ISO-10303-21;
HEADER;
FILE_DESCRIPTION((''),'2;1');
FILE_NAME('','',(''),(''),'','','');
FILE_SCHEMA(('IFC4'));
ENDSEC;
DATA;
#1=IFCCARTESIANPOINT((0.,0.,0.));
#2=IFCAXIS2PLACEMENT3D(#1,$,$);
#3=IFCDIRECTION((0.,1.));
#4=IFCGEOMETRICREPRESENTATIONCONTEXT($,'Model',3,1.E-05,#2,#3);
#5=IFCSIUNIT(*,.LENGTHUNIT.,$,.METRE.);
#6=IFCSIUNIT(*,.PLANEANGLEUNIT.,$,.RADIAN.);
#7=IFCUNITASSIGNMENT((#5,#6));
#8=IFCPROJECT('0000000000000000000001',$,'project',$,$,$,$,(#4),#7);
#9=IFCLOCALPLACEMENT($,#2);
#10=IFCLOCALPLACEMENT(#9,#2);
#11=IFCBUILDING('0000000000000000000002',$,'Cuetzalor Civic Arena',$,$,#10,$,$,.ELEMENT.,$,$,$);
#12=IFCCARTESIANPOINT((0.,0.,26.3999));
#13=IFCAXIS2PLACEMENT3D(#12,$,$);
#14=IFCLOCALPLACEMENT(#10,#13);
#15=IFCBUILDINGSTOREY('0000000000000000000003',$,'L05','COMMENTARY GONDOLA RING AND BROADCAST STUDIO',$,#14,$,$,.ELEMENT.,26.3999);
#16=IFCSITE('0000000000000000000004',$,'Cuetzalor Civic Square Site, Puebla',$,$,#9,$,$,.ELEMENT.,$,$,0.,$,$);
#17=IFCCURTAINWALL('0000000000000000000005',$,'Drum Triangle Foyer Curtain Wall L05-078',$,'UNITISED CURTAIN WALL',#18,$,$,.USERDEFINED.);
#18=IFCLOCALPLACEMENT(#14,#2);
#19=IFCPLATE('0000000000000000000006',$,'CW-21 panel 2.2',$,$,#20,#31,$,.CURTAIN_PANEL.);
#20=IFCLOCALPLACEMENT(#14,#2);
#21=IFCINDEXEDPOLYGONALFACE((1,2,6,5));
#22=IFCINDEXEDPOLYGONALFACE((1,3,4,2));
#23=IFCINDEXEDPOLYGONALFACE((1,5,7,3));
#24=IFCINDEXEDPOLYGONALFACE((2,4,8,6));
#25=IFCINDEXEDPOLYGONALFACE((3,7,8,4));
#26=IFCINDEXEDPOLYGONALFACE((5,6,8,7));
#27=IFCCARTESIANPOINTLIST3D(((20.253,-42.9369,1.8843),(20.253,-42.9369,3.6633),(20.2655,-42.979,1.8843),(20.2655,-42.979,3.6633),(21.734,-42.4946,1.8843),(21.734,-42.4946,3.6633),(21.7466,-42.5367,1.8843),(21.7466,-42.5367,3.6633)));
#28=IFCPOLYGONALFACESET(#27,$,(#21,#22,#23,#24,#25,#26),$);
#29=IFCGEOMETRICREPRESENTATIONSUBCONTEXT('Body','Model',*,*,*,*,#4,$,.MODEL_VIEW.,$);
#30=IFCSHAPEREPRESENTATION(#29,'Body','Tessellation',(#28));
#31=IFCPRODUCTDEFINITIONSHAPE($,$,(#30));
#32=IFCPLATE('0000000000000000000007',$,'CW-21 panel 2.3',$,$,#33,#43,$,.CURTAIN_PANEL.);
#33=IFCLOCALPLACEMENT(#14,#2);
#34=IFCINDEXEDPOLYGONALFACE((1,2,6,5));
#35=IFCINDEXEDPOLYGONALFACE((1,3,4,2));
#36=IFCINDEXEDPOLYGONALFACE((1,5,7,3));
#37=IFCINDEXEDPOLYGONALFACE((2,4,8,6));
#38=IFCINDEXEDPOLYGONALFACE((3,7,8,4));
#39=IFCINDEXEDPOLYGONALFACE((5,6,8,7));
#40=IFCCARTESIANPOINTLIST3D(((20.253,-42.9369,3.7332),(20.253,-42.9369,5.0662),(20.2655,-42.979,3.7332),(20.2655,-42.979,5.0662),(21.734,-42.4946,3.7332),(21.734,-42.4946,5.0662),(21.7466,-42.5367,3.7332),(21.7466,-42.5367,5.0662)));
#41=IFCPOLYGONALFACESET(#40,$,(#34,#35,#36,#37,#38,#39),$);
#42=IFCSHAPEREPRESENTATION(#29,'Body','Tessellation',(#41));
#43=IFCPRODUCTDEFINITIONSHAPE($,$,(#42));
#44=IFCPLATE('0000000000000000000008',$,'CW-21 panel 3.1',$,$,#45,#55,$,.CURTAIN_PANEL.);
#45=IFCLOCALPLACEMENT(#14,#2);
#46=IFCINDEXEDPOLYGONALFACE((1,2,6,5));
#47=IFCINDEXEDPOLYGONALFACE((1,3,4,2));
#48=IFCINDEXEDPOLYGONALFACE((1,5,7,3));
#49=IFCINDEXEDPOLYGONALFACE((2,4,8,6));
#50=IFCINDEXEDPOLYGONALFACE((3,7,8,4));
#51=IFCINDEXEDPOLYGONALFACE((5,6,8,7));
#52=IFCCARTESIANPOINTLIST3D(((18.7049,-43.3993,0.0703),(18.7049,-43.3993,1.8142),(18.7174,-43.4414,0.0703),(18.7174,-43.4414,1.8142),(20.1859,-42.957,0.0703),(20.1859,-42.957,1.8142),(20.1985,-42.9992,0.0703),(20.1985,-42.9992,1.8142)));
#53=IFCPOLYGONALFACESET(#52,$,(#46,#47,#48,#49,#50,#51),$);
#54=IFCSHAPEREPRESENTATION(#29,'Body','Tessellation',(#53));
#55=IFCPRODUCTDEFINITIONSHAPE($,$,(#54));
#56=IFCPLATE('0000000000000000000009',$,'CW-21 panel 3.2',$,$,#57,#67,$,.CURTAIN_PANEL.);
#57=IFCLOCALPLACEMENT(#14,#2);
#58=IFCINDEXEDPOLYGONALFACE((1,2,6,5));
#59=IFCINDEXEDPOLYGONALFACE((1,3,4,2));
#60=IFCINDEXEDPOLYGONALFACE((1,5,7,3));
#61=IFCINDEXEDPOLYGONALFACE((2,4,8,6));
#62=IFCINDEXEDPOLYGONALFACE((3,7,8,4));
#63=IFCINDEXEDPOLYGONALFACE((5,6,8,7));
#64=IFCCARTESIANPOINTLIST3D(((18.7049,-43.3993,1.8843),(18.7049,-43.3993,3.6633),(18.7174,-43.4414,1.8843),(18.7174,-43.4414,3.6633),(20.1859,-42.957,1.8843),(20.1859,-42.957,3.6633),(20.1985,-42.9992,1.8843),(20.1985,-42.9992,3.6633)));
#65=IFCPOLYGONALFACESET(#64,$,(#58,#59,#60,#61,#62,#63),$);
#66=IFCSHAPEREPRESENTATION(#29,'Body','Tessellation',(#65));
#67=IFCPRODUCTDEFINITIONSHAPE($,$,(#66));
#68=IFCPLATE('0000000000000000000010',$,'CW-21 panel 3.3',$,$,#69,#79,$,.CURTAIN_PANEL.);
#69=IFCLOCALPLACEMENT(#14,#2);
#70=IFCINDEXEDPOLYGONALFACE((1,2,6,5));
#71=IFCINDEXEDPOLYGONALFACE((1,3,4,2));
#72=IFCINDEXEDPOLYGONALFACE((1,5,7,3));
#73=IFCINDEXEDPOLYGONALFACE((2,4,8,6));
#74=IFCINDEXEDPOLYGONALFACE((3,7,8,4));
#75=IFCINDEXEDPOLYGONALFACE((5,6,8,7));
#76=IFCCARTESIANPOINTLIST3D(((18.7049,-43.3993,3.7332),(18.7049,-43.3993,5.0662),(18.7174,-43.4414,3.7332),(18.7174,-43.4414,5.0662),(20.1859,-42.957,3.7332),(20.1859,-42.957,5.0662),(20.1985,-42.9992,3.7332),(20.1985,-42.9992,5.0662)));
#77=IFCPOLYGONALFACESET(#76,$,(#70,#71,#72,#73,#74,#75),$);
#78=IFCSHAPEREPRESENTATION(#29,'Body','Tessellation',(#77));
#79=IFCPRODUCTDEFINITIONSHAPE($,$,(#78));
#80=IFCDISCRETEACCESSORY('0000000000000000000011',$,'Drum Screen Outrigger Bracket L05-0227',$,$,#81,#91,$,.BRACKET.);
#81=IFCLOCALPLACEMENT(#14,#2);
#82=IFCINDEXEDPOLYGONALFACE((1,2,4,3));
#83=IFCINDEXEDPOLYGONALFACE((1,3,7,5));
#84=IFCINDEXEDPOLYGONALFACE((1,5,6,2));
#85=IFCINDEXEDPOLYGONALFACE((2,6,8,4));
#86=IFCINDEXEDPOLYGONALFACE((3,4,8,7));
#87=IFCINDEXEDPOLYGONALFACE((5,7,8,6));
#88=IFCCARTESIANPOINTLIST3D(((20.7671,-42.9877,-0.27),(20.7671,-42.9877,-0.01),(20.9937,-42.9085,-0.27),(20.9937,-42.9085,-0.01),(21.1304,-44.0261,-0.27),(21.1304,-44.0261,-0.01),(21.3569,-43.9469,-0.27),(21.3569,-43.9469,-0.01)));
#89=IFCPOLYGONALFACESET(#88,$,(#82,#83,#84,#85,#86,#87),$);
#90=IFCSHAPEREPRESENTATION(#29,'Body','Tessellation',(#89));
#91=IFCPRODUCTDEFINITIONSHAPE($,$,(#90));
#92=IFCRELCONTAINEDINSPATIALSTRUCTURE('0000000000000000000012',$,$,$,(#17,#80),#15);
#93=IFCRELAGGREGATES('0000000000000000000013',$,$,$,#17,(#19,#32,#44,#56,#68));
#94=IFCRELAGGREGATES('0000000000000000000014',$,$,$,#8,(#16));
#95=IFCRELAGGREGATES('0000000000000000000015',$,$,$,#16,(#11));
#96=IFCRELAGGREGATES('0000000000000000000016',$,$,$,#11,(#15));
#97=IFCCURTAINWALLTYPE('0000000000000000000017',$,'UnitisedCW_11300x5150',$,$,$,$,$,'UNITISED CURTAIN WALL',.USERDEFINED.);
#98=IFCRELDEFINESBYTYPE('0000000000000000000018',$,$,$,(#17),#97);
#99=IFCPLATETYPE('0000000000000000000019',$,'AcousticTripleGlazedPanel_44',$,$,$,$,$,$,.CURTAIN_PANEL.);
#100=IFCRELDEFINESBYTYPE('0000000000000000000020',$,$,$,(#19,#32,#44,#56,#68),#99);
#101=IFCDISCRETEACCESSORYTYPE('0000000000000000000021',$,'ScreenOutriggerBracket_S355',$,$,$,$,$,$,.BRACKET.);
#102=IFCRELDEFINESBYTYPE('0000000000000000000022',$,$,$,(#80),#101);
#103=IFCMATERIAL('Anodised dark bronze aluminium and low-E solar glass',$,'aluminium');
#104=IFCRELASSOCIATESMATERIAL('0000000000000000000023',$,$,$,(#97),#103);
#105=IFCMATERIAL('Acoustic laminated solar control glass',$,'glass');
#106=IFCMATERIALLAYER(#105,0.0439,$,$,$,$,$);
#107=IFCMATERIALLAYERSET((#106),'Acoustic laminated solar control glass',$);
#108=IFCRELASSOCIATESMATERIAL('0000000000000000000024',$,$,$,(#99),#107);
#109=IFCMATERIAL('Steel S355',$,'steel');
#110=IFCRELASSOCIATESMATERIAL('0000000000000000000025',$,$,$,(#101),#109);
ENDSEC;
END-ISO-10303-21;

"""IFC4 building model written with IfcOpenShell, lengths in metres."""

from ifc_helpers import new_model, si_unit, direction, frame, origin, origin_2d, place, context, subcontext, project, spatial, rectangle, extrude, material, layer, layer_set, type_object, element, aggregate, save


model = new_model("IFC4")

# Units and contexts
model_context = context("Model", 3, precision=1e-05, world=origin(), true_north=direction((0.0, 1.0)))
body_context = subcontext(model_context, "Body", "Model", "MODEL_VIEW")
ifc_project = project(units=[si_unit("LENGTHUNIT", "METRE"), si_unit("PLANEANGLEUNIT", "RADIAN")], contexts=[model_context])

# Site, building, storey
site_placement = place(None, origin())
site = spatial("IfcSite", under=ifc_project, at=site_placement, Name="Cuetzalor Civic Square Site, Puebla", CompositionType="ELEMENT", RefElevation=0.0)
building_placement = place(site_placement, origin())
building = spatial("IfcBuilding", under=site, at=building_placement, Name="Cuetzalor Civic Arena", CompositionType="ELEMENT")
storey_placement = place(building_placement, frame((0.0, 0.0, 26.3999)))
storey = spatial("IfcBuildingStorey", under=building, at=storey_placement, Name="L05", Description="COMMENTARY GONDOLA RING AND BROADCAST STUDIO", CompositionType="ELEMENT", Elevation=26.3999)

# Curtain wall, plates
ifc_material_1 = material(Name="Anodised dark bronze aluminium and low-E solar glass", Category="aluminium")
curtain_wall_type = type_object("IfcCurtainWallType", Name="UnitisedCW_11300x5150", ElementType="UNITISED CURTAIN WALL", PredefinedType="USERDEFINED", material=ifc_material_1)
curtain_wall_placement = place(storey_placement, origin())
curtain_wall = element("IfcCurtainWall", 1, at=curtain_wall_placement, inside=storey, type_object=curtain_wall_type, Name="Drum Triangle Foyer Curtain Wall L05-078", ObjectType="UNITISED CURTAIN WALL", PredefinedType="USERDEFINED")
ifc_material_2 = material(Name="Acoustic laminated solar control glass", Category="glass")
ifc_layer = layer(ifc_material_2, 0.0439)
ifc_layer_set = layer_set([ifc_layer], Name="Acoustic laminated solar control glass")
plate_type = type_object("IfcPlateType", Name="AcousticTripleGlazedPanel_44", PredefinedType="CURTAIN_PANEL", material=ifc_layer_set)
plate_1_placement = place(storey_placement, frame((20.9998, -42.7368, 1.8843), z_axis=(0.0, 0.0, 1.0), x_axis=(-0.958194, -0.28612, 0.0)))
plate_1 = element("IfcPlate", 2, at=plate_1_placement, type_object=plate_type, Name="CW-21 panel 2.2", PredefinedType="CURTAIN_PANEL", context=body_context, shape_type="SweptSolid", body=[
    extrude(rectangle(XDim=1.5457, YDim=0.0439, at=origin_2d()), origin(), (0.0, 0.0, 1.0), 1.7791),
])
plate_2_placement = place(storey_placement, frame((20.9998, -42.7368, 3.7332), z_axis=(0.0, 0.0, 1.0), x_axis=(-0.958194, -0.28612, 0.0)))
plate_2 = element("IfcPlate", 3, at=plate_2_placement, type_object=plate_type, Name="CW-21 panel 2.3", PredefinedType="CURTAIN_PANEL", context=body_context, shape_type="SweptSolid", body=[
    extrude(rectangle(XDim=1.5457, YDim=0.0439, at=origin_2d()), origin(), (0.0, 0.0, 1.0), 1.333),
])
plate_3_placement = place(storey_placement, frame((19.4517, -43.1992, 0.0703), z_axis=(0.0, 0.0, 1.0), x_axis=(-0.958194, -0.28612, 0.0)))
plate_3 = element("IfcPlate", 4, at=plate_3_placement, type_object=plate_type, Name="CW-21 panel 3.1", PredefinedType="CURTAIN_PANEL", context=body_context, shape_type="SweptSolid", body=[
    extrude(rectangle(XDim=1.5457, YDim=0.0439, at=origin_2d()), origin(), (0.0, 0.0, 1.0), 1.7439),
])
plate_4_placement = place(storey_placement, frame((19.4517, -43.1992, 1.8843), z_axis=(0.0, 0.0, 1.0), x_axis=(-0.958194, -0.28612, 0.0)))
plate_4 = element("IfcPlate", 5, at=plate_4_placement, type_object=plate_type, Name="CW-21 panel 3.2", PredefinedType="CURTAIN_PANEL", context=body_context, shape_type="SweptSolid", body=[
    extrude(rectangle(XDim=1.5457, YDim=0.0439, at=origin_2d()), origin(), (0.0, 0.0, 1.0), 1.7791),
])
plate_5_placement = place(storey_placement, frame((19.4517, -43.1992, 3.7332), z_axis=(0.0, 0.0, 1.0), x_axis=(-0.958194, -0.28612, 0.0)))
plate_5 = element("IfcPlate", 6, at=plate_5_placement, type_object=plate_type, Name="CW-21 panel 3.3", PredefinedType="CURTAIN_PANEL", context=body_context, shape_type="SweptSolid", body=[
    extrude(rectangle(XDim=1.5457, YDim=0.0439, at=origin_2d()), origin(), (0.0, 0.0, 1.0), 1.333),
])
aggregate(curtain_wall, [plate_1, plate_2, plate_3, plate_4, plate_5])

# Discrete accessory
ifc_material_3 = material(Name="Steel S355", Category="steel")
discrete_accessory_type = type_object("IfcDiscreteAccessoryType", Name="ScreenOutriggerBracket_S355", PredefinedType="BRACKET", material=ifc_material_3)
discrete_accessory_placement = place(storey_placement, frame((21.062, -43.4673, -0.27), z_axis=(0.0, 0.0, 1.0), x_axis=(0.330185, -0.943916, 0.0)))
element("IfcDiscreteAccessory", 7, at=discrete_accessory_placement, inside=storey, type_object=discrete_accessory_type, Name="Drum Screen Outrigger Bracket L05-0227", PredefinedType="BRACKET", context=body_context, shape_type="SweptSolid", body=[
    extrude(rectangle(XDim=1.1001, YDim=0.24, at=origin_2d()), origin(), (0.0, 0.0, 1.0), 0.26),
])

save(model, "model.ifc")
